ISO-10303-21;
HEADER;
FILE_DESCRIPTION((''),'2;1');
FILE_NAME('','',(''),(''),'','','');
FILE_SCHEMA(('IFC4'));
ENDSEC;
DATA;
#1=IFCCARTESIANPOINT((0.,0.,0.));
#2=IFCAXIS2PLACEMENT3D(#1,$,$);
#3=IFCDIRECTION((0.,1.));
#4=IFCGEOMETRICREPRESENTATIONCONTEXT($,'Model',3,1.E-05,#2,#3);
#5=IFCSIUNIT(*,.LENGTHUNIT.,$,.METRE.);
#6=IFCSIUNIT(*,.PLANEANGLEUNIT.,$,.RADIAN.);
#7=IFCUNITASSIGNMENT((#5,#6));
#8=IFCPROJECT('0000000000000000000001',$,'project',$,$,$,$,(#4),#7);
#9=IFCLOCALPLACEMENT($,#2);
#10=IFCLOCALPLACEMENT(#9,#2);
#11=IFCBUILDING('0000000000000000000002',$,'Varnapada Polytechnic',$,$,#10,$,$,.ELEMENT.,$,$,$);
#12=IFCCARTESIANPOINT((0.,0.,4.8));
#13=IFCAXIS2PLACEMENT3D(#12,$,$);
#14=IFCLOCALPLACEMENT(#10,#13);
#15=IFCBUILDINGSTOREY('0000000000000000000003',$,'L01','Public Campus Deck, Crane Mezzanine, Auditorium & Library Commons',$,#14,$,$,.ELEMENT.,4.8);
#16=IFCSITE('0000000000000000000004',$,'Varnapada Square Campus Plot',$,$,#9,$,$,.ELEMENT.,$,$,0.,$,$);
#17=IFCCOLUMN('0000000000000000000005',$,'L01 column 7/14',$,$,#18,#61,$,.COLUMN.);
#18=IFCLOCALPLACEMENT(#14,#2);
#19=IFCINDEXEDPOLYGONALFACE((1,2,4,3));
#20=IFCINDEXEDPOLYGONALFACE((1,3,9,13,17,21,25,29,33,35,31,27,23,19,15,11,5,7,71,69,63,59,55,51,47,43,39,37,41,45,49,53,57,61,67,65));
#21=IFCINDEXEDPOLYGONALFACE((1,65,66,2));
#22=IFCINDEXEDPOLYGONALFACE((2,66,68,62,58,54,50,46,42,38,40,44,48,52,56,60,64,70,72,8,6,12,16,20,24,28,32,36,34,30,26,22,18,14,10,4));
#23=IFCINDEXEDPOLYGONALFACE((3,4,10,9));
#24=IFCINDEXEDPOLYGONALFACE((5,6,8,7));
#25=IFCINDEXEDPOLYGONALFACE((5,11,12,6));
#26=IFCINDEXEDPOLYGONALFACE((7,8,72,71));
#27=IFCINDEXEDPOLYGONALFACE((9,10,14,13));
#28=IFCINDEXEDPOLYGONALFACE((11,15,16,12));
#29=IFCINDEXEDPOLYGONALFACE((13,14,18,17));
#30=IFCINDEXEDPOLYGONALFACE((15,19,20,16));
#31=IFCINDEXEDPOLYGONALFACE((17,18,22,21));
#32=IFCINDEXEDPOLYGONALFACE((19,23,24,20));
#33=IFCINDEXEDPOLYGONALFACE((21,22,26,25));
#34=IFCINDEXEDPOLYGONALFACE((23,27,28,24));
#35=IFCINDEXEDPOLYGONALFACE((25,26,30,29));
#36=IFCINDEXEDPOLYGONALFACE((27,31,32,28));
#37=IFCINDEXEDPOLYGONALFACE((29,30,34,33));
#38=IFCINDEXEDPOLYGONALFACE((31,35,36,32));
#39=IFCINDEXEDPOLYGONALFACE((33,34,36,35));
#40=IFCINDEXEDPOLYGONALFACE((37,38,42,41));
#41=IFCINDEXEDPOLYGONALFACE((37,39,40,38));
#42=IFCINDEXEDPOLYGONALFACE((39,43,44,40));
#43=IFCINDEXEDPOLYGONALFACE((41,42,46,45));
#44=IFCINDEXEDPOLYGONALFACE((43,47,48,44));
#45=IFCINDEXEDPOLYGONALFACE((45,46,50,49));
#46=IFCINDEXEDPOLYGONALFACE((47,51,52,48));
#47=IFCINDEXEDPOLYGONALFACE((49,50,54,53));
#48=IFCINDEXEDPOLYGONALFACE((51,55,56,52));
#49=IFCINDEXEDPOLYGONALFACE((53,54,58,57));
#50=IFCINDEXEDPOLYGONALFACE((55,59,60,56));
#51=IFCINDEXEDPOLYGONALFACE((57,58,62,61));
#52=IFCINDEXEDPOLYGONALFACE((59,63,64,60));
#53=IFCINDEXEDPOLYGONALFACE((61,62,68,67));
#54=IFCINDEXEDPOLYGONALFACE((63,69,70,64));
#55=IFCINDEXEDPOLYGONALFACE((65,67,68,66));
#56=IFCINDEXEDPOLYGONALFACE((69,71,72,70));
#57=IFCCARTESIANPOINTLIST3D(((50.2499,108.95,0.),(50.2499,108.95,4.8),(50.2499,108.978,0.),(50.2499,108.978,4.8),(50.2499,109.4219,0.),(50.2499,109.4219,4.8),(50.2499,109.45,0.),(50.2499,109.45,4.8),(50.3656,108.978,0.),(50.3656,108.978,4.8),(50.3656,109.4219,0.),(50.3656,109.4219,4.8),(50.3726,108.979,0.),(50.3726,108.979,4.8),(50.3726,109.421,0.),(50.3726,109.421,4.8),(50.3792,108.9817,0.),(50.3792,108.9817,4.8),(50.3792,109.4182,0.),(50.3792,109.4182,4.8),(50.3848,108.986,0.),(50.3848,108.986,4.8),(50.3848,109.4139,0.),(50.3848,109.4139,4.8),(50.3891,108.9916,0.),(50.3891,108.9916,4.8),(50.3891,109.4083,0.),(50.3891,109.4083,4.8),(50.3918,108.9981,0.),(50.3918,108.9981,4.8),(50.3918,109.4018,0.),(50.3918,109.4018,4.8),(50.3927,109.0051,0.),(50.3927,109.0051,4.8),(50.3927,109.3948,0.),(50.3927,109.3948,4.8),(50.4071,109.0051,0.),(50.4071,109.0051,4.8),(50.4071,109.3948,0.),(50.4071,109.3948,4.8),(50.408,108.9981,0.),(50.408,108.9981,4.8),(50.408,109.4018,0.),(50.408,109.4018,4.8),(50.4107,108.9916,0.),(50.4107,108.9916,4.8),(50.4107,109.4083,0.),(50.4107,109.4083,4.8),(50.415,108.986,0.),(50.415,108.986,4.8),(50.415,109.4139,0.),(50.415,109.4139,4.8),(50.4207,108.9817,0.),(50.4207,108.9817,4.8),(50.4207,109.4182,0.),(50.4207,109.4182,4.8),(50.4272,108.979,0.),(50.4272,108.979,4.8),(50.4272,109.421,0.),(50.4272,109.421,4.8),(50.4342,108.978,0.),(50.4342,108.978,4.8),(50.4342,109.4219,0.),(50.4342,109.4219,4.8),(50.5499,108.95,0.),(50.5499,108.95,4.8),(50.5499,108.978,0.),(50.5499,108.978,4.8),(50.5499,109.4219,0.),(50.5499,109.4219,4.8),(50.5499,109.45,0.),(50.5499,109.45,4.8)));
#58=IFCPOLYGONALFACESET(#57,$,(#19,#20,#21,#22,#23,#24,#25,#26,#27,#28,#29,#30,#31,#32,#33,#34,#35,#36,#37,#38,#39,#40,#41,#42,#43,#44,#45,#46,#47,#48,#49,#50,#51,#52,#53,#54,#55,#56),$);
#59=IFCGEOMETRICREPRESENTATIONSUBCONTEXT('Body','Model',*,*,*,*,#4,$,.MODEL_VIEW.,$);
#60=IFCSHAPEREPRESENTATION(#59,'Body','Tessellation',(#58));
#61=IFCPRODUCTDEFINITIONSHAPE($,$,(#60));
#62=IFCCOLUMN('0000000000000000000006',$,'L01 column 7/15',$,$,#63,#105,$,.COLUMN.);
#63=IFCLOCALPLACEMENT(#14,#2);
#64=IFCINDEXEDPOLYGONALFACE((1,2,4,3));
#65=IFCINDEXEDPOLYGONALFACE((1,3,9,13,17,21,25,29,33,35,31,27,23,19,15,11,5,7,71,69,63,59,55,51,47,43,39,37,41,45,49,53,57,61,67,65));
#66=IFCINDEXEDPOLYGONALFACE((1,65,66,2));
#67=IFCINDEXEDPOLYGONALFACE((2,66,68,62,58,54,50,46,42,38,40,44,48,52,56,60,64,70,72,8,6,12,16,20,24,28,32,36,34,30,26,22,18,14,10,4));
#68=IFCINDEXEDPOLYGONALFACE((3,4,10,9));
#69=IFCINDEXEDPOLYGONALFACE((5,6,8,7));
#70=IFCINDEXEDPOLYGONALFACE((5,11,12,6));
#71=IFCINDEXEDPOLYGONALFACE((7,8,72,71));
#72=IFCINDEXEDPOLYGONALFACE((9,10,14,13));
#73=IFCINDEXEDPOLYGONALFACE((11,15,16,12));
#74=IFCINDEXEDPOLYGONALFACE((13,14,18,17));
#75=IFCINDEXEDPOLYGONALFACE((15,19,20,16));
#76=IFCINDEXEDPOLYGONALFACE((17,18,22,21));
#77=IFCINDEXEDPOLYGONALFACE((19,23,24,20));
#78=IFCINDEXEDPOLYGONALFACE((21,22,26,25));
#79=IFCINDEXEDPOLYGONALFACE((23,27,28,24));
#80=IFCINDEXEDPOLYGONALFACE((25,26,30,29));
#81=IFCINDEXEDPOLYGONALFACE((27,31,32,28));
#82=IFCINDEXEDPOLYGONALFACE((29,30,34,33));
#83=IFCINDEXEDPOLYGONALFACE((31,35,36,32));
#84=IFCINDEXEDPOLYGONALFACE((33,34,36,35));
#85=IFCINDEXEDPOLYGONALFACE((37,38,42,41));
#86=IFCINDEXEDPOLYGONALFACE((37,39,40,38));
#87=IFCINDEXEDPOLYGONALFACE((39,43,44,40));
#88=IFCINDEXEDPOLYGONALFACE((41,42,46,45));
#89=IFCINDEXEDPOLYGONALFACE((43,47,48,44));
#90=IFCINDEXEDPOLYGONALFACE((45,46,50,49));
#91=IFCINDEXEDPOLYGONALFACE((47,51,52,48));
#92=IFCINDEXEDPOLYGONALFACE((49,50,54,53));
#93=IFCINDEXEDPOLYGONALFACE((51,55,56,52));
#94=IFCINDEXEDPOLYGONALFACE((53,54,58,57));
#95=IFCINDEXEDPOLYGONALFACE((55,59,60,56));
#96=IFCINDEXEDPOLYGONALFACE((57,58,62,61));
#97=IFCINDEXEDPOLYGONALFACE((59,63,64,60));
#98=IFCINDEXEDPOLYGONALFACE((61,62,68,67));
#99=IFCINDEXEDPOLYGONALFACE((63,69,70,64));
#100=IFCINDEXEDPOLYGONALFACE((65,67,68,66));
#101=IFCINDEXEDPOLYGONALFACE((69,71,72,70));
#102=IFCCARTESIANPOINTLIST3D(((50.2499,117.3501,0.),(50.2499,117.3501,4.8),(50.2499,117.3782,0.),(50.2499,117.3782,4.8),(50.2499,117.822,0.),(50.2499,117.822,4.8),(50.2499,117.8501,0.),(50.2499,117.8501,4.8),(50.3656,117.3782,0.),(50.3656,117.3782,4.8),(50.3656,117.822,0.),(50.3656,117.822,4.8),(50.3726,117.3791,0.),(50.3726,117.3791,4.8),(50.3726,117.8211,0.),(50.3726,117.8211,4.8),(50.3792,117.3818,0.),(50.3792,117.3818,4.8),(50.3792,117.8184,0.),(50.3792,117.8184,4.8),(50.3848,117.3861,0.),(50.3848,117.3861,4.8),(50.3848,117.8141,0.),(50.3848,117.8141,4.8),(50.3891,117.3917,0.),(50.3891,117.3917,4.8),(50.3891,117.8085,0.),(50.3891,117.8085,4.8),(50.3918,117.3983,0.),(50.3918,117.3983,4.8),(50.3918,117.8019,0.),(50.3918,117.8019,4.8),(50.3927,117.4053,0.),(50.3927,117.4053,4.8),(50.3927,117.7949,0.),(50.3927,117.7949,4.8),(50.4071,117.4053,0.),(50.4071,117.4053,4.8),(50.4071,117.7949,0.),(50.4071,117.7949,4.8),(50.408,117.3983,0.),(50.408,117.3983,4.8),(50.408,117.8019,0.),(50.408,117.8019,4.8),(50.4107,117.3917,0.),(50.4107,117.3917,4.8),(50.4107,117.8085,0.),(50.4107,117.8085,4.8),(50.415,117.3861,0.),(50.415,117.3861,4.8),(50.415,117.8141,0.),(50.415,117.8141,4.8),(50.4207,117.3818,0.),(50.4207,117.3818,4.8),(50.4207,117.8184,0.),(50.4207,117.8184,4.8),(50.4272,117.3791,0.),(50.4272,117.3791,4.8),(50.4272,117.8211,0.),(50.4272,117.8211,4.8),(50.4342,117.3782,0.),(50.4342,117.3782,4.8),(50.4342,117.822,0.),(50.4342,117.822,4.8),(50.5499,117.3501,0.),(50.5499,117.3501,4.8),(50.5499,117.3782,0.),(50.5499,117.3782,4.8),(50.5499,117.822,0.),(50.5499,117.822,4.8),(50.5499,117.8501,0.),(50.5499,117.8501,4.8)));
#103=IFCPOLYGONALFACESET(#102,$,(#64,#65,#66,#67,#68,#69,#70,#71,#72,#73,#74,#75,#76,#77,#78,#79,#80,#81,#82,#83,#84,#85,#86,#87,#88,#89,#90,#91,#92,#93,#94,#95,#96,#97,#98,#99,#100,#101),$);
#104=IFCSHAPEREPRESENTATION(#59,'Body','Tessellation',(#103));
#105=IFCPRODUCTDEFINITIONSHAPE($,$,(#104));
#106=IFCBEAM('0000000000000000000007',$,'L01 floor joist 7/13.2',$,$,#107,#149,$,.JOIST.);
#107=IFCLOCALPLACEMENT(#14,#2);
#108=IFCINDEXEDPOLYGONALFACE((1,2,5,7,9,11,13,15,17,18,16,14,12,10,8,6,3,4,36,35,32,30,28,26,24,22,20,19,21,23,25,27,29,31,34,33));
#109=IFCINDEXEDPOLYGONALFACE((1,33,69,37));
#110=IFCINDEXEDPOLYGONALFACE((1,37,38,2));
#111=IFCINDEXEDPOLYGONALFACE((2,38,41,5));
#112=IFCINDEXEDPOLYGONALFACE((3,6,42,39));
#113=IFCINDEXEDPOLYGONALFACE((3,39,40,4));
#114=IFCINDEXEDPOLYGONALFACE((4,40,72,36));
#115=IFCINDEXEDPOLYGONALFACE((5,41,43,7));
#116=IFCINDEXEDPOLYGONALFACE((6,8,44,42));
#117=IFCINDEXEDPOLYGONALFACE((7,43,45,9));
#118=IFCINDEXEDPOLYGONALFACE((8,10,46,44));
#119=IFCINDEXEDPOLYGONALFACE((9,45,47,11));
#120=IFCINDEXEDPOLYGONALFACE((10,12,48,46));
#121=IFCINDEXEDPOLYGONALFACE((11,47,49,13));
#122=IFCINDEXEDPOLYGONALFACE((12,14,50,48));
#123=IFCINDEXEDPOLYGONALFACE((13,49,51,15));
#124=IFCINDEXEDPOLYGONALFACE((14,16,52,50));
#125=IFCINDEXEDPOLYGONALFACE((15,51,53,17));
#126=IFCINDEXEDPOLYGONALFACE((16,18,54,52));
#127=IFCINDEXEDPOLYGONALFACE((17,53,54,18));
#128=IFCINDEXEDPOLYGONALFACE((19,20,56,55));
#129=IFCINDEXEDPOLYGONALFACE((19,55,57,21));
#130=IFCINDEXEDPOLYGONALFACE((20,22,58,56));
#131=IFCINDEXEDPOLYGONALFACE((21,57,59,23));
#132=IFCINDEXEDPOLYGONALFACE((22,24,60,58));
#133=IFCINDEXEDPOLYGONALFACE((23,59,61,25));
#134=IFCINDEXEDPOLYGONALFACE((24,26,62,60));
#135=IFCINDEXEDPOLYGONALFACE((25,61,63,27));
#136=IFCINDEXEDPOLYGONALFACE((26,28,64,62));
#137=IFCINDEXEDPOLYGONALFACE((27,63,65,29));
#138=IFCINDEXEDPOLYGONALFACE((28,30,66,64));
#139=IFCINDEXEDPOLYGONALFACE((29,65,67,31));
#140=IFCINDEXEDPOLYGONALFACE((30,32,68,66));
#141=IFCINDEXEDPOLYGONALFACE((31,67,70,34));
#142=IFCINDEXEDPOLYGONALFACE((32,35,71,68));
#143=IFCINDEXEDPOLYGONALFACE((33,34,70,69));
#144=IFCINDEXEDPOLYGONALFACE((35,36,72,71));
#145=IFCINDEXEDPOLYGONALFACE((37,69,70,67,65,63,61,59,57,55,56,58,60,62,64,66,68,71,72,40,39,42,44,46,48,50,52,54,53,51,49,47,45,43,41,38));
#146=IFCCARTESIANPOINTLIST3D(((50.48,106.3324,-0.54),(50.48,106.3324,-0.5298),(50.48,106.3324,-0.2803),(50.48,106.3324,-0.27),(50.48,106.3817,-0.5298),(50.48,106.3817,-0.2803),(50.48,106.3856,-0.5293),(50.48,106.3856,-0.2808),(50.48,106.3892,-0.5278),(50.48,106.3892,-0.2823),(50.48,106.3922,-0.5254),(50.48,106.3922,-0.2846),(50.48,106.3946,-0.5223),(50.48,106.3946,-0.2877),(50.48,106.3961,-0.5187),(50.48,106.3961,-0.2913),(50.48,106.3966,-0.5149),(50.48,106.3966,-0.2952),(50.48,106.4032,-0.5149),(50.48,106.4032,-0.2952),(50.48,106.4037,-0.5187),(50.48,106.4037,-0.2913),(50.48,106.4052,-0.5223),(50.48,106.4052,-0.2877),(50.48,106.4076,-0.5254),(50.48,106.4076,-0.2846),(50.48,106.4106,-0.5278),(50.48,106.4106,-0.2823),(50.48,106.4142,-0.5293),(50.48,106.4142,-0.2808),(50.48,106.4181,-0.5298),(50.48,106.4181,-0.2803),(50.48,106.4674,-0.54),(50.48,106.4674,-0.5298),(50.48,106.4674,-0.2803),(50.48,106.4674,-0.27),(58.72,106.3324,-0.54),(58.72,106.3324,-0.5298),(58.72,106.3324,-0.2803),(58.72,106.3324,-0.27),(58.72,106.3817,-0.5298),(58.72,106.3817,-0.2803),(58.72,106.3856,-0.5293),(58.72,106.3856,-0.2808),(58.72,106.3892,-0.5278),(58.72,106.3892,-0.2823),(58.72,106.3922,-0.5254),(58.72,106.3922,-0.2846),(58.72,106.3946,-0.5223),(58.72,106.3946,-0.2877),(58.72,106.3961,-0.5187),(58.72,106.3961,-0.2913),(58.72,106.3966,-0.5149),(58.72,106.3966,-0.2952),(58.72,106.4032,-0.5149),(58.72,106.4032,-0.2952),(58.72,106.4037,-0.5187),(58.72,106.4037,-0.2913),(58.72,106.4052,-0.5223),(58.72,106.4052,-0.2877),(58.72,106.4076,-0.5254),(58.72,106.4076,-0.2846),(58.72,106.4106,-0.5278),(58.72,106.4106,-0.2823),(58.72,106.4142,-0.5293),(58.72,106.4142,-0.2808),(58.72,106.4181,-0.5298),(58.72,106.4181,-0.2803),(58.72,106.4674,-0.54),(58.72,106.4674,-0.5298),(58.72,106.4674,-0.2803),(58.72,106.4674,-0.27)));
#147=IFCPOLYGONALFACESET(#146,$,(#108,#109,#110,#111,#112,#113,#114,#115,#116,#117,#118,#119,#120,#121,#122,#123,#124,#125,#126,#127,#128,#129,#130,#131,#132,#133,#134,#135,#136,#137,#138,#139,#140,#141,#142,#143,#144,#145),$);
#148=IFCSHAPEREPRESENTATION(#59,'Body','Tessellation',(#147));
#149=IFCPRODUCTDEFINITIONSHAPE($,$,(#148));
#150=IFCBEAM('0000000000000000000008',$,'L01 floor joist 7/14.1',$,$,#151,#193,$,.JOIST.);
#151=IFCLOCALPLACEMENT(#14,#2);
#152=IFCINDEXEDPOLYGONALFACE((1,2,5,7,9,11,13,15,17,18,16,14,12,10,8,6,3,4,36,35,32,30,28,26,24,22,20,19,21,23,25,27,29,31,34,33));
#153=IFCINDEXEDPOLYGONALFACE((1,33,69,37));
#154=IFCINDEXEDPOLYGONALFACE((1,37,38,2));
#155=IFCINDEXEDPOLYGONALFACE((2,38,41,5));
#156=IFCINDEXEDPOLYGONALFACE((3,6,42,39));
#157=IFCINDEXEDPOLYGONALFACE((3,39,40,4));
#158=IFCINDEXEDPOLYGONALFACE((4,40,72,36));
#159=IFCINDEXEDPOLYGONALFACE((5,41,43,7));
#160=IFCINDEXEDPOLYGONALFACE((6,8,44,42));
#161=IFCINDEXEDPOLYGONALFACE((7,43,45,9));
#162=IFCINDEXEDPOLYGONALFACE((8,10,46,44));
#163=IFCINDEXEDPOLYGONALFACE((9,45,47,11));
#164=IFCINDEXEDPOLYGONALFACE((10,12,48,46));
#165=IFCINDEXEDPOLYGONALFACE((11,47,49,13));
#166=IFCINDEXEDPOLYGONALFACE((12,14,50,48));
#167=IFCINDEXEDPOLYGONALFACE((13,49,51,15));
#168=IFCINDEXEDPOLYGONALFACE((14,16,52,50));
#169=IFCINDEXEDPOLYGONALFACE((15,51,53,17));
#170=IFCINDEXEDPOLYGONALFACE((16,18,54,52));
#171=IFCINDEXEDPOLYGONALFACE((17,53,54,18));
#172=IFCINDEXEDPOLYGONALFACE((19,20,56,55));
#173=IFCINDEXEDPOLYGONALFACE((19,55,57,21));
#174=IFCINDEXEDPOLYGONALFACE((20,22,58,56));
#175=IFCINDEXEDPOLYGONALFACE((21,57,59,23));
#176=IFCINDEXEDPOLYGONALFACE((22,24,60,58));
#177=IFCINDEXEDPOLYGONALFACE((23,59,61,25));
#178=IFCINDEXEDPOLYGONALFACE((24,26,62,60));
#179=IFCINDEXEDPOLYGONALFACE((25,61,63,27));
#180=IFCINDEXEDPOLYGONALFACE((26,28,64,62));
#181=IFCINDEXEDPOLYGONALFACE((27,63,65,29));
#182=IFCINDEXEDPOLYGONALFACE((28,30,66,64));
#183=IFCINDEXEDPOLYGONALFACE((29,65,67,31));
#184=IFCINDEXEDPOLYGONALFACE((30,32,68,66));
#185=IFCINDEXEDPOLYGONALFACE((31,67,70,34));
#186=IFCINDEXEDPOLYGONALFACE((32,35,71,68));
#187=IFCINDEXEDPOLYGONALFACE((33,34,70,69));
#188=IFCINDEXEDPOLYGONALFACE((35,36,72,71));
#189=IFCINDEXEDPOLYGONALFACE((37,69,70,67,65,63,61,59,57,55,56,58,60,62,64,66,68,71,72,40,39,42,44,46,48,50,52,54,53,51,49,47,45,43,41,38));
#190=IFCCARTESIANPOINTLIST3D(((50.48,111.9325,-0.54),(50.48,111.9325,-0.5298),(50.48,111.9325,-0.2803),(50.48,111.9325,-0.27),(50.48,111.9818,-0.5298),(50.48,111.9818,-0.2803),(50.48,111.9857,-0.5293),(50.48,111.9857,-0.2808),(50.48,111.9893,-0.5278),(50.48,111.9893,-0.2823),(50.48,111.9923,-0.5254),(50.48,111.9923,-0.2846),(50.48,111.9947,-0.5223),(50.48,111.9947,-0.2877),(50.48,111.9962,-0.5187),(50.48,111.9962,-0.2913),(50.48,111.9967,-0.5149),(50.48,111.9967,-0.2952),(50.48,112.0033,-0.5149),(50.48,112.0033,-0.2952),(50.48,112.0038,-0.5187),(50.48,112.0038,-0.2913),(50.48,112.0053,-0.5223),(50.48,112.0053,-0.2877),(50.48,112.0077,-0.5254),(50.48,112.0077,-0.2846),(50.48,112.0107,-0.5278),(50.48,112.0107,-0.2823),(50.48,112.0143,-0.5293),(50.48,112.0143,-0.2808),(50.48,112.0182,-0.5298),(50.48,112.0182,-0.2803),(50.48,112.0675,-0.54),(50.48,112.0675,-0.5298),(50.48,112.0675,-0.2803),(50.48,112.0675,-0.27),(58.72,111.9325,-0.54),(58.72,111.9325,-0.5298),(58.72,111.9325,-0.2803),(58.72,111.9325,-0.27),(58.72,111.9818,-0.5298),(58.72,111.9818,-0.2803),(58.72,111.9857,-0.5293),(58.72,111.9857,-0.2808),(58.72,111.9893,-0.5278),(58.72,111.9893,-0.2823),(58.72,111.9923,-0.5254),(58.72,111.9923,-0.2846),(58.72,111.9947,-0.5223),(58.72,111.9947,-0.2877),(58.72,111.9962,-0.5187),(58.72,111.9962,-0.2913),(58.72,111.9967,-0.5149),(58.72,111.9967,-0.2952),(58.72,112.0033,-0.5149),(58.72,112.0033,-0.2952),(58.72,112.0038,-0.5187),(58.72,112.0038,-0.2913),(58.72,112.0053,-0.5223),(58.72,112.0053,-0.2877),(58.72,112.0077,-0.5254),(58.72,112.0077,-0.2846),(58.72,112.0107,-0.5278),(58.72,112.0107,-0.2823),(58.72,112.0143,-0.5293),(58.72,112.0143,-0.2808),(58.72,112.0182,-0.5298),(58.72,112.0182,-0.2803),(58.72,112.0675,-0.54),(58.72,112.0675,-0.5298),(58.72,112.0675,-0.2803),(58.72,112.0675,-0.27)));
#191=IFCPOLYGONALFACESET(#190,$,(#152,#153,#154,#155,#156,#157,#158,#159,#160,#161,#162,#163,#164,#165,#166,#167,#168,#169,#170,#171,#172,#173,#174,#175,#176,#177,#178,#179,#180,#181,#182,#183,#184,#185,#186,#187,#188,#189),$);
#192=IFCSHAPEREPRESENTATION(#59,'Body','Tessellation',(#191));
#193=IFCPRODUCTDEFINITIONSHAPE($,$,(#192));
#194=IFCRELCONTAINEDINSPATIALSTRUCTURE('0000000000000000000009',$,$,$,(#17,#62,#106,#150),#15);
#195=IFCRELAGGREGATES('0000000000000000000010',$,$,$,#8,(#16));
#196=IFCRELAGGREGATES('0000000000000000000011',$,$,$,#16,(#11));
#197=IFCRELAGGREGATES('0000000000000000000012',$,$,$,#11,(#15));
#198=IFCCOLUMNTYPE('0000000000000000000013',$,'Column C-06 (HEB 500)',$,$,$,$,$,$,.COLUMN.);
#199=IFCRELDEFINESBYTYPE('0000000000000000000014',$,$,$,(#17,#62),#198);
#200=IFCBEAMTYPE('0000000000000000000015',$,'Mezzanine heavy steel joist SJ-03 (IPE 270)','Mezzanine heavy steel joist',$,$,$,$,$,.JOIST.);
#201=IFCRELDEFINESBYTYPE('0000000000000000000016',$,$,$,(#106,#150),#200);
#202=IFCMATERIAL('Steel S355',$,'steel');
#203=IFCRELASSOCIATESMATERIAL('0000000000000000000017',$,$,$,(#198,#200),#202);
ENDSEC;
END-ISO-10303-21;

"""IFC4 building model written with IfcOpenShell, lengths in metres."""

from ifc_helpers import new_model, si_unit, direction, frame, origin, origin_2d, place, context, subcontext, project, spatial, i_section, extrude, material, material_profile, profile_set, type_object, element, save


model = new_model("IFC4")

# Units and contexts
model_context = context("Model", 3, precision=1e-05, world=origin(), true_north=direction((0.0, 1.0)))
body_context = subcontext(model_context, "Body", "Model", "MODEL_VIEW")
ifc_project = project(units=[si_unit("LENGTHUNIT", "METRE"), si_unit("PLANEANGLEUNIT", "RADIAN")], contexts=[model_context])

# Site, building, storey
site_placement = place(None, origin())
site = spatial("IfcSite", under=ifc_project, at=site_placement, Name="Varnapada Square Campus Plot", CompositionType="ELEMENT", RefElevation=0.0)
building_placement = place(site_placement, origin())
building = spatial("IfcBuilding", under=site, at=building_placement, Name="Varnapada Polytechnic", CompositionType="ELEMENT")
storey_placement = place(building_placement, frame((0.0, 0.0, 4.8)))
storey = spatial("IfcBuildingStorey", under=building, at=storey_placement, Name="L01", Description="Public Campus Deck, Crane Mezzanine, Auditorium & Library Commons", CompositionType="ELEMENT", Elevation=4.8)

# Columns
ifc_material_1 = material(Name="Steel S355", Category="steel")
ifc_material_profile_1 = material_profile(ifc_material_1, i_section(OverallWidth=0.3, OverallDepth=0.5, WebThickness=0.0144, FlangeThickness=0.0281, FilletRadius=0.0271, at=origin_2d()), Name="HEB 500")
ifc_profile_set_1 = profile_set([ifc_material_profile_1], Name="Steel S355")
column_type = type_object("IfcColumnType", Name="Column C-06 (HEB 500)", PredefinedType="COLUMN", material=ifc_profile_set_1)
for number, where, z_axis, x_axis, name in (
    (1, (50.3999, 109.2, 0.0), (0.0, 0.0, 1.0), (1.0, 0.0, 0.0), "L01 column 7/14"),
    (2, (50.3999, 117.6001, 0.0), (0.0, 0.0, 1.0), (1.0, 0.0, 0.0), "L01 column 7/15"),
):
    element("IfcColumn", number, at=place(storey_placement, frame(where, z_axis=z_axis, x_axis=x_axis)), inside=storey, type_object=column_type, Name=name, PredefinedType="COLUMN", context=body_context, shape_type="SweptSolid", body=[
        extrude(i_section(OverallWidth=0.3, OverallDepth=0.5, WebThickness=0.0144, FlangeThickness=0.0281, FilletRadius=0.0271, at=origin_2d()), origin(), (0.0, 0.0, 1.0), 4.8),
    ])

# Beams
ifc_material_profile_2 = material_profile(ifc_material_1, i_section(OverallWidth=0.135, OverallDepth=0.27, WebThickness=0.0066, FlangeThickness=0.0103, FilletRadius=0.0149, at=origin_2d()), Name="IPE 270")
ifc_profile_set_2 = profile_set([ifc_material_profile_2], Name="Steel S355")
beam_type_1 = type_object("IfcBeamType", Name="Mezzanine heavy steel joist SJ-03 (IPE 270)", Description="Mezzanine heavy steel joist", PredefinedType="JOIST", material=ifc_profile_set_2)
for number, where, z_axis, x_axis, name in (
    (3, (50.48, 106.3999, -0.405), (1.0, 0.0, 0.0), (0.0, 1.0, 0.0), "L01 floor joist 7/13.2"),
    (4, (50.48, 112.0, -0.405), (1.0, 0.0, 0.0), (0.0, 1.0, 0.0), "L01 floor joist 7/14.1"),
):
    element("IfcBeam", number, at=place(storey_placement, frame(where, z_axis=z_axis, x_axis=x_axis)), inside=storey, type_object=beam_type_1, Name=name, PredefinedType="JOIST", context=body_context, shape_type="SweptSolid", body=[
        extrude(i_section(OverallWidth=0.135, OverallDepth=0.27, WebThickness=0.0066, FlangeThickness=0.0103, FilletRadius=0.0149, at=origin_2d()), origin(), (0.0, 0.0, 1.0), 8.24),
    ])

save(model, "model.ifc")
